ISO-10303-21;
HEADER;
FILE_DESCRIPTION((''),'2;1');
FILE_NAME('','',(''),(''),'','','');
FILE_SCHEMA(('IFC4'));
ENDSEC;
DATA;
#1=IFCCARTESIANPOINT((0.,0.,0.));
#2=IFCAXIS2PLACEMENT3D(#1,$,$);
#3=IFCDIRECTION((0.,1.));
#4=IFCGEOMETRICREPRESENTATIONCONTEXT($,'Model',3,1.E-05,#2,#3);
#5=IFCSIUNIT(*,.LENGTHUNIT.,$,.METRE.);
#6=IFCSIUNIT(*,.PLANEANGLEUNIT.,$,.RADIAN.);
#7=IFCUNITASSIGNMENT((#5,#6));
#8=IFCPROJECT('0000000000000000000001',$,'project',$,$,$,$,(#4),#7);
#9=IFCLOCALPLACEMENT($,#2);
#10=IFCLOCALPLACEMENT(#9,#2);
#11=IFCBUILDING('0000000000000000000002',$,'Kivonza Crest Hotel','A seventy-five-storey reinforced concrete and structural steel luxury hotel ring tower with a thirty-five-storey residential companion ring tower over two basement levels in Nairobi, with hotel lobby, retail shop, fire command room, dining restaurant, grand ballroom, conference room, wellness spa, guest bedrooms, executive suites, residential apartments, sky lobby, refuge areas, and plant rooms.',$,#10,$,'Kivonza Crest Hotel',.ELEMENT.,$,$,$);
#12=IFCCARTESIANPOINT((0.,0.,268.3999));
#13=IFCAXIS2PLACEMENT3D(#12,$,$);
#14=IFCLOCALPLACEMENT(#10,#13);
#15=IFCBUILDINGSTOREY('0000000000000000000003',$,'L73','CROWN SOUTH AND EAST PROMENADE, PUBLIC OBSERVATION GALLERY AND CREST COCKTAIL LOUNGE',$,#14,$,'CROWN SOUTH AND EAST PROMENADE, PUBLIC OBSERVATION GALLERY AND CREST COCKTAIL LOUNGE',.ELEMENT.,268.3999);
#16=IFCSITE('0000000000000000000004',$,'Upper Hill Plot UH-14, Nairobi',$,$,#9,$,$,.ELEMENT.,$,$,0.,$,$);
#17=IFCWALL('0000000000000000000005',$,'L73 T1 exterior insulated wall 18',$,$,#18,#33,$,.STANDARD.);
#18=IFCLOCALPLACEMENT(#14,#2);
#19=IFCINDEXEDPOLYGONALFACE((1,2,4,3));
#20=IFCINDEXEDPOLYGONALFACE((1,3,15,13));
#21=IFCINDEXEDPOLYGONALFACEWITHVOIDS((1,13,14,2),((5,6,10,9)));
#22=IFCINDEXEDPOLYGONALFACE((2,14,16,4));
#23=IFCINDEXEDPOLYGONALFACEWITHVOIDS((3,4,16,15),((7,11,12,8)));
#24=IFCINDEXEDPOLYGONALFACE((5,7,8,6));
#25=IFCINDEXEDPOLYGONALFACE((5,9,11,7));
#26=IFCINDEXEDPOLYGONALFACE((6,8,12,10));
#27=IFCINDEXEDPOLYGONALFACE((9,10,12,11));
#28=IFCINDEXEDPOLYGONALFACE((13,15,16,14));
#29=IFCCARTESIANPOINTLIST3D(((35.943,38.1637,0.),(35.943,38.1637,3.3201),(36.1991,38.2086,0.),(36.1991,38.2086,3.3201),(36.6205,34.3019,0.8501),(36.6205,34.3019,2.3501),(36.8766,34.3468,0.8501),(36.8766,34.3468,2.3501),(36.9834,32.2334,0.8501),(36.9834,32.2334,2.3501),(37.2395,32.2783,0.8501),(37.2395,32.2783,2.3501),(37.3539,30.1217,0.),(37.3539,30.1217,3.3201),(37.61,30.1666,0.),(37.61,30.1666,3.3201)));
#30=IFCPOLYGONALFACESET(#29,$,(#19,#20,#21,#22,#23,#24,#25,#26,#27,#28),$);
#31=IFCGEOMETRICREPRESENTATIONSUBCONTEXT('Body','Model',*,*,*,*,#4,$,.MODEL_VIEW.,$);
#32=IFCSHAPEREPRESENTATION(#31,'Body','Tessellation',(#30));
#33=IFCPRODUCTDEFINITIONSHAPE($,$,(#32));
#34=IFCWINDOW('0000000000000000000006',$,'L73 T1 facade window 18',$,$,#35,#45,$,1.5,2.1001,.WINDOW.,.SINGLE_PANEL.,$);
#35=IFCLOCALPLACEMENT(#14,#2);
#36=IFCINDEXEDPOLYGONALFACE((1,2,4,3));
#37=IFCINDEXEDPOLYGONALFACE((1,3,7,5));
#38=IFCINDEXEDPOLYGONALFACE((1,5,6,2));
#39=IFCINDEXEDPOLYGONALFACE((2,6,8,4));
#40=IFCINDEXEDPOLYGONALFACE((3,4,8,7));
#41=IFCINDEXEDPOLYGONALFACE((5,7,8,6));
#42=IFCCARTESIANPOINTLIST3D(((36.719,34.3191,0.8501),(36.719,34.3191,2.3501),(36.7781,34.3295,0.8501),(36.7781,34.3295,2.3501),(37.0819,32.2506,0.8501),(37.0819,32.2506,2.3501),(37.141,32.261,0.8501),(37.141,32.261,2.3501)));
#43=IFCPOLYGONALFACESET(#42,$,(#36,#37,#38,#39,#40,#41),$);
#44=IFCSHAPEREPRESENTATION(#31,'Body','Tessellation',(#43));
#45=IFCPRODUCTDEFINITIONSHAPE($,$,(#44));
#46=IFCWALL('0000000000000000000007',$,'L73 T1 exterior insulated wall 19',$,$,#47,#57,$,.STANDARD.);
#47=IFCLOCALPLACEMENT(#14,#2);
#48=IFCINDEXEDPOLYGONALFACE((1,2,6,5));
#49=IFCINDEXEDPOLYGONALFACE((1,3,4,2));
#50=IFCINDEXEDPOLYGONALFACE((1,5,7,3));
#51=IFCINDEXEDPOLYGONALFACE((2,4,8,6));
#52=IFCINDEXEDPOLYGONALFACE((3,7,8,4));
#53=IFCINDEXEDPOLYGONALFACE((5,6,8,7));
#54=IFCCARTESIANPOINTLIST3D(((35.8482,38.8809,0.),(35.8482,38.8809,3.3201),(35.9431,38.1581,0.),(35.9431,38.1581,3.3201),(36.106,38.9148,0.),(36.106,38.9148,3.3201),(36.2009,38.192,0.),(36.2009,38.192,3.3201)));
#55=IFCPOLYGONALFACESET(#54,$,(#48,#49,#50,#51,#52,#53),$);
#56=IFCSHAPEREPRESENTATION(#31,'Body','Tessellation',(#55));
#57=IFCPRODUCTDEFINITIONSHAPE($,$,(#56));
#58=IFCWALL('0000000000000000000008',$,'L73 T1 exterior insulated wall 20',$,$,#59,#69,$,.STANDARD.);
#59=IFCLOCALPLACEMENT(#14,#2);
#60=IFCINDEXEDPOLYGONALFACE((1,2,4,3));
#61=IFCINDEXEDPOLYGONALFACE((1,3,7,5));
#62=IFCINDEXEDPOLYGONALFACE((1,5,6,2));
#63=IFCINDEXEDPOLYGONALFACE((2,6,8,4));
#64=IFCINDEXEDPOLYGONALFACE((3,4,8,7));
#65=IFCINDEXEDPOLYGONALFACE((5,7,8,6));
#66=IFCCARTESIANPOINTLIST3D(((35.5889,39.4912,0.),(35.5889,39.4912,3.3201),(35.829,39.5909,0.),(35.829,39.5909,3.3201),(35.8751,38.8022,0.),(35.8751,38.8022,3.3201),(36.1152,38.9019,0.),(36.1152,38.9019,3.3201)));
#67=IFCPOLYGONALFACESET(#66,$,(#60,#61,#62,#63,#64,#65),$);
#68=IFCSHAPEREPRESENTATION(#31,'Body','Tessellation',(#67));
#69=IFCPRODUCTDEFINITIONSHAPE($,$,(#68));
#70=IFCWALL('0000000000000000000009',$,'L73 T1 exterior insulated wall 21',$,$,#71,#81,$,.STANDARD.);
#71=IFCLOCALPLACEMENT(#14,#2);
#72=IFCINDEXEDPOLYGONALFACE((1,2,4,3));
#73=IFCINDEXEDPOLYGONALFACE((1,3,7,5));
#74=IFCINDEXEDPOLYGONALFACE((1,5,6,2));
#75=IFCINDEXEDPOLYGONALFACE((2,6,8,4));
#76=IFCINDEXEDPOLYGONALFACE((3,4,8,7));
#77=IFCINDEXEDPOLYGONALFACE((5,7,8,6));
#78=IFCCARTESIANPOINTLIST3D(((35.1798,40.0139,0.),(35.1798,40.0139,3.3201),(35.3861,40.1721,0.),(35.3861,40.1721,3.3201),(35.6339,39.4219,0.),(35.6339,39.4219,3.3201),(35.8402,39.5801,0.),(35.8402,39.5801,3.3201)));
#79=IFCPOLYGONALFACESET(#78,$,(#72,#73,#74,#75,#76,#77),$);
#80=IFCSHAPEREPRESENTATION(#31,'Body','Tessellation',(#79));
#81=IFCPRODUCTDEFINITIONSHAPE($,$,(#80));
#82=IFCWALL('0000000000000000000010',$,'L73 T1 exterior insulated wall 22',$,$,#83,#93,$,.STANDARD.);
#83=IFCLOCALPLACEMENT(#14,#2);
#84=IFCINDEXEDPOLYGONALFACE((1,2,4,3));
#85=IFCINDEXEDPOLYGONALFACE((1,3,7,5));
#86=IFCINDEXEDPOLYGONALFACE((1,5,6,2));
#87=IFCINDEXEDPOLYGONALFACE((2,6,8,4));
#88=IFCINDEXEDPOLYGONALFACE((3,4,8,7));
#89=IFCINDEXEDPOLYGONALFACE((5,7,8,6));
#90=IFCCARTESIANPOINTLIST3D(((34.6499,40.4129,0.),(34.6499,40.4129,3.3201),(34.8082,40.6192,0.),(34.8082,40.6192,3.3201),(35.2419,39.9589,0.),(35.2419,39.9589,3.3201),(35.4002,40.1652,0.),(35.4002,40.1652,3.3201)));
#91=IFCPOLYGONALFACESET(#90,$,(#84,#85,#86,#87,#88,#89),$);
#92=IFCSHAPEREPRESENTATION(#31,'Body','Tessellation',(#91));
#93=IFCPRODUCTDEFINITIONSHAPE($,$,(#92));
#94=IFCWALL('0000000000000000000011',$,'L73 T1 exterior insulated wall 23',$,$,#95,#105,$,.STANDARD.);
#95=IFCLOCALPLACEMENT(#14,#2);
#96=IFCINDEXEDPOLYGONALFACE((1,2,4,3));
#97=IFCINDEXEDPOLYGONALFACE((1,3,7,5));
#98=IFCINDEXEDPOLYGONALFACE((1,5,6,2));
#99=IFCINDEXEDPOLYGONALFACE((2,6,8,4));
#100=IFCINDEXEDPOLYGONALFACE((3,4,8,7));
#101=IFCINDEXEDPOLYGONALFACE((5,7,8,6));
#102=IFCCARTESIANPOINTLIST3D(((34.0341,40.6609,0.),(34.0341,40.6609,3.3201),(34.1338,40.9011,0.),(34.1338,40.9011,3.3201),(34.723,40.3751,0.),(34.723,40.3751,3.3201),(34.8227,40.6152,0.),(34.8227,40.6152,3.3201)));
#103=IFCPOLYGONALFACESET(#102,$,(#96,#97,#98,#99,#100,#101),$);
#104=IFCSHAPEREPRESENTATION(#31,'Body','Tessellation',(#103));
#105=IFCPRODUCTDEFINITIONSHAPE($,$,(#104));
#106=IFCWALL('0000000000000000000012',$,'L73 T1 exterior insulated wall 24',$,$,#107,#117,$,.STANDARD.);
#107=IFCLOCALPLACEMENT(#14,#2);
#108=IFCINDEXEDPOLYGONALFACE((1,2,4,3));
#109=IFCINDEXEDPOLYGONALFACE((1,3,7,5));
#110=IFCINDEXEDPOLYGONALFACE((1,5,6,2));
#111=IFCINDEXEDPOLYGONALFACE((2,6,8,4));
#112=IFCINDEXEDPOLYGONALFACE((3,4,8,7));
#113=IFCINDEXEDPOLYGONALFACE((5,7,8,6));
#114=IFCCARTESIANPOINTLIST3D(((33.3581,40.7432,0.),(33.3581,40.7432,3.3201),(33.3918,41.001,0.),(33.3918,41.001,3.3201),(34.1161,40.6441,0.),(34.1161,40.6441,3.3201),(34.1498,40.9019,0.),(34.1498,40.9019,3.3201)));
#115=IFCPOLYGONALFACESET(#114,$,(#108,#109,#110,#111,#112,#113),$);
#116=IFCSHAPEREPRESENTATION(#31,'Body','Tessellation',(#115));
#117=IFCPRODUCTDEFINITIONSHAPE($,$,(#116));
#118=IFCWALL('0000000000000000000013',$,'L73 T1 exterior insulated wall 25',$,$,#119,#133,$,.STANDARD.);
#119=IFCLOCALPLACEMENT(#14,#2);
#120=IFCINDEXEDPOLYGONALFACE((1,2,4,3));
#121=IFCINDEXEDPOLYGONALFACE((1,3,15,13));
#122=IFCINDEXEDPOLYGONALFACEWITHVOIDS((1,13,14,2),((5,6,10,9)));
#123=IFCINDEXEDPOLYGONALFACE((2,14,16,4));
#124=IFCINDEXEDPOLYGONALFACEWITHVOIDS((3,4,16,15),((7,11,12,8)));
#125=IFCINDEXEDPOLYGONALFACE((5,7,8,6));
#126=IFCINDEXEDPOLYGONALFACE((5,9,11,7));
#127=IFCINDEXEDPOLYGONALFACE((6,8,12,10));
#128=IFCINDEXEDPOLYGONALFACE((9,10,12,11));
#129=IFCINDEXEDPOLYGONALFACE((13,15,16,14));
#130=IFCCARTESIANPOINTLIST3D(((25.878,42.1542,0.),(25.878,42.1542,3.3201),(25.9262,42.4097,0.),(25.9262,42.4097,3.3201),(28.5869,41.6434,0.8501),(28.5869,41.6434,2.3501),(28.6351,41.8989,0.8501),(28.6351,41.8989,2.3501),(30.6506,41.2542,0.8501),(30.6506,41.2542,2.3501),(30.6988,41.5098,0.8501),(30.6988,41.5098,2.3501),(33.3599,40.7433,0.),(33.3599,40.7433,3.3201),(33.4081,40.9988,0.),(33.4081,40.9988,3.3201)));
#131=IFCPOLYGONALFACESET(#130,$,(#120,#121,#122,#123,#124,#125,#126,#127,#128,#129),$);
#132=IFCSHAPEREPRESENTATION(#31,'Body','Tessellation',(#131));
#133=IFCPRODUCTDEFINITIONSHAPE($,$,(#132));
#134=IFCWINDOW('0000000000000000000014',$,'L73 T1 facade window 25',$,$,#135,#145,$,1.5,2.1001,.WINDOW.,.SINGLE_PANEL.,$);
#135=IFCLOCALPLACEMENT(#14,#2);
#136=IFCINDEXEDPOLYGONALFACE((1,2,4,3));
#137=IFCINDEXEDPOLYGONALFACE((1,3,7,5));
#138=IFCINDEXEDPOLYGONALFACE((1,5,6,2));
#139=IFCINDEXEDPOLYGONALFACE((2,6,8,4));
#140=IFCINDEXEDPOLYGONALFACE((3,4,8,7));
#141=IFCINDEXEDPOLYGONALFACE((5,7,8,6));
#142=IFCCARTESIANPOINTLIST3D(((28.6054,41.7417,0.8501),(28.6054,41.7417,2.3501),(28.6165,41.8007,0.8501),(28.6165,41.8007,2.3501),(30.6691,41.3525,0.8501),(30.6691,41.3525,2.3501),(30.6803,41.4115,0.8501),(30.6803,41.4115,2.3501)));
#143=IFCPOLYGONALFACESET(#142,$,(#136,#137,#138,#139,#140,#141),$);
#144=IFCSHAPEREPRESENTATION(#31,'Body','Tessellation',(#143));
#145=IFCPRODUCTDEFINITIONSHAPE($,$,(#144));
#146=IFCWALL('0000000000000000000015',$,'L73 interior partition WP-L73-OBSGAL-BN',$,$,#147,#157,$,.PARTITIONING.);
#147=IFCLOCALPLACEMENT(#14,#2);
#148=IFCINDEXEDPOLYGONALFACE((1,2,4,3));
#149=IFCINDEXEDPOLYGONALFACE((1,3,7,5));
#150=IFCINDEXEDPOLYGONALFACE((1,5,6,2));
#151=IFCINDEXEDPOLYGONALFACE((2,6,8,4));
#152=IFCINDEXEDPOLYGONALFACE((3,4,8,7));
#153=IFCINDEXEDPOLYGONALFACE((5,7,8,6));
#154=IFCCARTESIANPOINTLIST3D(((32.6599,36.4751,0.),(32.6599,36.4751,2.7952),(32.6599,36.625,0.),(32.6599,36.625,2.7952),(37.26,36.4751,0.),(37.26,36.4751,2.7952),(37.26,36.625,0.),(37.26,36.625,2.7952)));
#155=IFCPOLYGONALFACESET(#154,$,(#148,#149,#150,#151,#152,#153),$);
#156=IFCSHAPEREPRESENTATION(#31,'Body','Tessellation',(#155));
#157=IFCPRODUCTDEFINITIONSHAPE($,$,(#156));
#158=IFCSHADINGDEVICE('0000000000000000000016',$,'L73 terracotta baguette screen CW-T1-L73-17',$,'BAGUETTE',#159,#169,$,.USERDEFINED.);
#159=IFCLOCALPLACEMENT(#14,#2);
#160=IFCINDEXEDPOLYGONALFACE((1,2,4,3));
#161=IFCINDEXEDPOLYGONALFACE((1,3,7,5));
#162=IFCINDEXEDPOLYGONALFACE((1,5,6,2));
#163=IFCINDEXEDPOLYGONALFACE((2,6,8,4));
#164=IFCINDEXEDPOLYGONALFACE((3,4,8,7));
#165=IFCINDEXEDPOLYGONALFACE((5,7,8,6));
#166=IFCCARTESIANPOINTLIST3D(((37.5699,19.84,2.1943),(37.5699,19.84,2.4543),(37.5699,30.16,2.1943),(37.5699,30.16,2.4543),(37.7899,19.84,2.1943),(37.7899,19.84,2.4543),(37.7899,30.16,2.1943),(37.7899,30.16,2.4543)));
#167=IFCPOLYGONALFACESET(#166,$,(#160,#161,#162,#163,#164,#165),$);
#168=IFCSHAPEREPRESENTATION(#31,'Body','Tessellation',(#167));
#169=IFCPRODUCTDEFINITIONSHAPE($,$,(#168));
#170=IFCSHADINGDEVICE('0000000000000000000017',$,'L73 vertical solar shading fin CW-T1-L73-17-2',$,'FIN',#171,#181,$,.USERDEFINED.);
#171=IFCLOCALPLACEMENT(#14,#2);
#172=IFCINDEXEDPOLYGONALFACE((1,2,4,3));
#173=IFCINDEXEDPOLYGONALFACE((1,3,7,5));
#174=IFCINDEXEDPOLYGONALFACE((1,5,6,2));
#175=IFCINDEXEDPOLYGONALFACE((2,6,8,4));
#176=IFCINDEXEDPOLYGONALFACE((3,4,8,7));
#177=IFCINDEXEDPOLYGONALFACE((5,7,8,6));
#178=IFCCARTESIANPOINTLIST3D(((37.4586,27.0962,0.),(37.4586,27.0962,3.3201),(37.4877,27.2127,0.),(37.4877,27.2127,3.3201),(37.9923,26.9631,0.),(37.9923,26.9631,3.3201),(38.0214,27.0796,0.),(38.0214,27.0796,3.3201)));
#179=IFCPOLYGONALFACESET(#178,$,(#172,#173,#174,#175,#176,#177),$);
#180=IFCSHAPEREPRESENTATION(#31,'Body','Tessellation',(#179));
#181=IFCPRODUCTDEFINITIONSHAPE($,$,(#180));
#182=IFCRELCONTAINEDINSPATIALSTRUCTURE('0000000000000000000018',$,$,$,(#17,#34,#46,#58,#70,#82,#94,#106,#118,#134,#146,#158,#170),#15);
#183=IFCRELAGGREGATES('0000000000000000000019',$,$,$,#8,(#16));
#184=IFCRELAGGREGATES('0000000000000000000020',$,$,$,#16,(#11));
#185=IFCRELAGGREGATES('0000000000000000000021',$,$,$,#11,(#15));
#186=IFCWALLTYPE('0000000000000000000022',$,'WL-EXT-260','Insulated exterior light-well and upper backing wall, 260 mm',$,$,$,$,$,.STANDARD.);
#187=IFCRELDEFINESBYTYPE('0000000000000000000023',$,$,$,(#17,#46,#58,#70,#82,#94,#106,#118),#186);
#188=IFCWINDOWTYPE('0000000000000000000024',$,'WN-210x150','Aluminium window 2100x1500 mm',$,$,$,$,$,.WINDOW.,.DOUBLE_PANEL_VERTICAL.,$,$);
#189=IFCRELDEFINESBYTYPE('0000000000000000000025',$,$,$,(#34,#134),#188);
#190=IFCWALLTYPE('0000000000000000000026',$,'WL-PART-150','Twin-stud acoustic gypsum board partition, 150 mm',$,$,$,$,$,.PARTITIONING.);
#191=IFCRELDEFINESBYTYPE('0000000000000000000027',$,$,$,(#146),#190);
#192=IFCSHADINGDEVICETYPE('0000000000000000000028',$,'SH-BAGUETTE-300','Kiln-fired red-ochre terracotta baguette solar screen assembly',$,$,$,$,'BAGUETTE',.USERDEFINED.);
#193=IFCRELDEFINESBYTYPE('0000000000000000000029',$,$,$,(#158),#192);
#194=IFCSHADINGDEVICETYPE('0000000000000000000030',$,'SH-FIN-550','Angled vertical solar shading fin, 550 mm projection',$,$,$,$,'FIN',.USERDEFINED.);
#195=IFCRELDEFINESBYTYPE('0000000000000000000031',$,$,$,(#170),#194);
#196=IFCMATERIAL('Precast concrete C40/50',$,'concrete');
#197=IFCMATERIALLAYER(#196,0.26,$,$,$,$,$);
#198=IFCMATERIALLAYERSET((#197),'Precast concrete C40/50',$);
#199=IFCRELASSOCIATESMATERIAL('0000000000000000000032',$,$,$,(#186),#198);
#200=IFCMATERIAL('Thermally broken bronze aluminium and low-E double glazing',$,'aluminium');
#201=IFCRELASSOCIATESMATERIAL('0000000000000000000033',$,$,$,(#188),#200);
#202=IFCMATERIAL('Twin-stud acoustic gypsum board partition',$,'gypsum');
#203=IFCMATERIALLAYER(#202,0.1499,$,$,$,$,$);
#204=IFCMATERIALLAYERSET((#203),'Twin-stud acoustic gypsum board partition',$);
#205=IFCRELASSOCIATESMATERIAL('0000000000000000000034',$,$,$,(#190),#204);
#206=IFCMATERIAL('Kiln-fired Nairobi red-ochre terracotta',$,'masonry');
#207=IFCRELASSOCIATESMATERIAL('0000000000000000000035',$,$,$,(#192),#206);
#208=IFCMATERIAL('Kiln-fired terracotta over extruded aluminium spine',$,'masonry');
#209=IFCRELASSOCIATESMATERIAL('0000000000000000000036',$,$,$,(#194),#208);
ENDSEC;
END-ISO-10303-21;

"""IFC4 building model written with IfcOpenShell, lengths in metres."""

from ifc_helpers import new_model, si_unit, direction, frame, frame_2d, origin, origin_2d, place, context, subcontext, project, spatial, rectangle, extrude, material, layer, layer_set, type_object, element, fill, save


model = new_model("IFC4")

# Units and contexts
model_context = context("Model", 3, precision=1e-05, world=origin(), true_north=direction((0.0, 1.0)))
body_context = subcontext(model_context, "Body", "Model", "MODEL_VIEW")
ifc_project = project(units=[si_unit("LENGTHUNIT", "METRE"), si_unit("PLANEANGLEUNIT", "RADIAN")], contexts=[model_context])

# Site, building, storey
site_placement = place(None, origin())
site = spatial("IfcSite", under=ifc_project, at=site_placement, Name="Upper Hill Plot UH-14, Nairobi", CompositionType="ELEMENT", RefElevation=0.0)
building_placement = place(site_placement, origin())
building = spatial("IfcBuilding", under=site, at=building_placement, Name="Kivonza Crest Hotel", Description="A seventy-five-storey reinforced concrete and structural steel luxury hotel ring tower with a thirty-five-storey residential companion ring tower over two basement levels in Nairobi, with hotel lobby, retail shop, fire command room, dining restaurant, grand ballroom, conference room, wellness spa, guest bedrooms, executive suites, residential apartments, sky lobby, refuge areas, and plant rooms.", LongName="Kivonza Crest Hotel", CompositionType="ELEMENT")
storey_placement = place(building_placement, frame((0.0, 0.0, 268.3999)))
storey = spatial("IfcBuildingStorey", under=building, at=storey_placement, Name="L73", Description="CROWN SOUTH AND EAST PROMENADE, PUBLIC OBSERVATION GALLERY AND CREST COCKTAIL LOUNGE", LongName="CROWN SOUTH AND EAST PROMENADE, PUBLIC OBSERVATION GALLERY AND CREST COCKTAIL LOUNGE", CompositionType="ELEMENT", Elevation=268.3999)

# Wall, opening, window
ifc_material_1 = material(Name="Precast concrete C40/50", Category="concrete")
ifc_layer_1 = layer(ifc_material_1, 0.26)
ifc_layer_set_1 = layer_set([ifc_layer_1], Name="Precast concrete C40/50")
wall_type_1 = type_object("IfcWallType", Name="WL-EXT-260", Description="Insulated exterior light-well and upper backing wall, 260 mm", PredefinedType="STANDARD", material=ifc_layer_set_1)
wall_1_placement = place(storey_placement, frame((37.4819, 30.144, 0.0), z_axis=(0.0, 0.0, 1.0), x_axis=(-0.172801, 0.984957, 0.0)))
wall_1 = element("IfcWall", 1, at=wall_1_placement, inside=storey, type_object=wall_type_1, Name="L73 T1 exterior insulated wall 18", PredefinedType="STANDARD", context=body_context, shape_type="SweptSolid", body=[
    extrude(rectangle(XDim=8.1648, YDim=0.26, at=frame_2d((4.0825, 0.0))), origin(), (0.0, 0.0, 1.0), 3.3201),
])
opening_1_placement = place(wall_1_placement, frame((2.144, 0.0, 0.8501)))
opening_1 = element("IfcOpeningElement", 2, at=opening_1_placement, cuts=wall_1, PredefinedType="OPENING", context=body_context, shape_type="SweptSolid", body=[
    extrude(rectangle(XDim=2.1001, YDim=1.5, at=frame_2d((1.05, 0.75))), frame((0.0, 0.1401, 0.0), z_axis=(0.0, -1.0, 0.0), x_axis=(1.0, 0.0, 0.0)), (0.0, 0.0, 1.0), 0.28),
])
ifc_material_2 = material(Name="Thermally broken bronze aluminium and low-E double glazing", Category="aluminium")
window_type = type_object("IfcWindowType", Name="WN-210x150", Description="Aluminium window 2100x1500 mm", PartitioningType="DOUBLE_PANEL_VERTICAL", PredefinedType="WINDOW", material=ifc_material_2)
window_1_placement = place(opening_1_placement, origin())
window_1 = element("IfcWindow", 3, at=window_1_placement, inside=storey, type_object=window_type, Name="L73 T1 facade window 18", OverallHeight=1.5, OverallWidth=2.1001, PartitioningType="SINGLE_PANEL", PredefinedType="WINDOW", context=body_context, shape_type="SweptSolid", body=[
    extrude(rectangle(XDim=2.1001, YDim=1.5, at=frame_2d((1.05, 0.75))), frame((0.0, 0.03, 0.0), z_axis=(0.0, -1.0, 0.0), x_axis=(1.0, 0.0, 0.0)), (0.0, 0.0, 1.0), 0.0601),
])
fill(opening_1, window_1)

# Walls
wall_2_placement = place(storey_placement, frame((36.072, 38.175, 0.0), z_axis=(0.0, 0.0, 1.0), x_axis=(-0.130255, 0.99148, 0.0)))
element("IfcWall", 4, at=wall_2_placement, inside=storey, type_object=wall_type_1, Name="L73 T1 exterior insulated wall 19", PredefinedType="STANDARD", context=body_context, shape_type="SweptSolid", body=[
    extrude(rectangle(XDim=0.729, YDim=0.26, at=frame_2d((0.3645, 0.0))), origin(), (0.0, 0.0, 1.0), 3.3201),
])
for number, where, z_axis, x_axis, name in (
    (5, (35.9951, 38.8521, 0.0), (0.0, 0.0, 1.0), (-0.383546, 0.923522, 0.0), "L73 T1 exterior insulated wall 20"),
    (6, (35.7371, 39.501, 0.0), (0.0, 0.0, 1.0), (-0.608603, 0.793475, 0.0), "L73 T1 exterior insulated wall 21"),
    (7, (35.321, 40.062, 0.0), (0.0, 0.0, 1.0), (-0.793475, 0.608603, 0.0), "L73 T1 exterior insulated wall 22"),
):
    element("IfcWall", number, at=place(storey_placement, frame(where, z_axis=z_axis, x_axis=x_axis)), inside=storey, type_object=wall_type_1, Name=name, PredefinedType="STANDARD", context=body_context, shape_type="SweptSolid", body=[
        extrude(rectangle(XDim=0.7461, YDim=0.26, at=frame_2d((0.373, 0.0))), origin(), (0.0, 0.0, 1.0), 3.3201),
    ])
wall_3_placement = place(storey_placement, frame((34.7729, 40.4951, 0.0), z_axis=(0.0, 0.0, 1.0), x_axis=(-0.923638, 0.383267, 0.0)))
element("IfcWall", 8, at=wall_3_placement, inside=storey, type_object=wall_type_1, Name="L73 T1 exterior insulated wall 23", PredefinedType="STANDARD", context=body_context, shape_type="SweptSolid", body=[
    extrude(rectangle(XDim=0.7458, YDim=0.26, at=frame_2d((0.373, 0.0))), origin(), (0.0, 0.0, 1.0), 3.3201),
])
wall_4_placement = place(storey_placement, frame((34.1331, 40.7729, 0.0), z_axis=(0.0, 0.0, 1.0), x_axis=(-0.991559, 0.129653, 0.0)))
element("IfcWall", 9, at=wall_4_placement, inside=storey, type_object=wall_type_1, Name="L73 T1 exterior insulated wall 24", PredefinedType="STANDARD", context=body_context, shape_type="SweptSolid", body=[
    extrude(rectangle(XDim=0.7644, YDim=0.26, at=frame_2d((0.3823, 0.0))), origin(), (0.0, 0.0, 1.0), 3.3201),
])

# Wall, opening, window
wall_5_placement = place(storey_placement, frame((33.384, 40.8711, 0.0), z_axis=(0.0, 0.0, 1.0), x_axis=(-0.982681, 0.185307, 0.0)))
wall_5 = element("IfcWall", 10, at=wall_5_placement, inside=storey, type_object=wall_type_1, Name="L73 T1 exterior insulated wall 25", PredefinedType="STANDARD", context=body_context, shape_type="SweptSolid", body=[
    extrude(rectangle(XDim=7.6138, YDim=0.26, at=frame_2d((3.8069, 0.0))), origin(), (0.0, 0.0, 1.0), 3.3201),
])
opening_2_placement = place(wall_5_placement, frame((2.7571, 0.0, 0.8501)))
opening_2 = element("IfcOpeningElement", 11, at=opening_2_placement, cuts=wall_5, PredefinedType="OPENING", context=body_context, shape_type="SweptSolid", body=[
    extrude(rectangle(XDim=2.1001, YDim=1.5, at=frame_2d((1.05, 0.75))), frame((0.0, 0.1401, 0.0), z_axis=(0.0, -1.0, 0.0), x_axis=(1.0, 0.0, 0.0)), (0.0, 0.0, 1.0), 0.28),
])
window_2_placement = place(opening_2_placement, origin())
window_2 = element("IfcWindow", 12, at=window_2_placement, inside=storey, type_object=window_type, Name="L73 T1 facade window 25", OverallHeight=1.5, OverallWidth=2.1001, PartitioningType="SINGLE_PANEL", PredefinedType="WINDOW", context=body_context, shape_type="SweptSolid", body=[
    extrude(rectangle(XDim=2.1001, YDim=1.5, at=frame_2d((1.05, 0.75))), frame((0.0, 0.03, 0.0), z_axis=(0.0, -1.0, 0.0), x_axis=(1.0, 0.0, 0.0)), (0.0, 0.0, 1.0), 0.0601),
])
fill(opening_2, window_2)

# Wall
ifc_material_3 = material(Name="Twin-stud acoustic gypsum board partition", Category="gypsum")
ifc_layer_2 = layer(ifc_material_3, 0.1499)
ifc_layer_set_2 = layer_set([ifc_layer_2], Name="Twin-stud acoustic gypsum board partition")
wall_type_2 = type_object("IfcWallType", Name="WL-PART-150", Description="Twin-stud acoustic gypsum board partition, 150 mm", PredefinedType="PARTITIONING", material=ifc_layer_set_2)
wall_6_placement = place(storey_placement, frame((32.6599, 36.55, 0.0), z_axis=(0.0, 0.0, 1.0), x_axis=(1.0, 0.0, 0.0)))
element("IfcWall", 13, at=wall_6_placement, inside=storey, type_object=wall_type_2, Name="L73 interior partition WP-L73-OBSGAL-BN", PredefinedType="PARTITIONING", context=body_context, shape_type="SweptSolid", body=[
    extrude(rectangle(XDim=4.6001, YDim=0.1499, at=frame_2d((2.3, 0.0))), origin(), (0.0, 0.0, 1.0), 2.7952),
])

# Shading devices
ifc_material_4 = material(Name="Kiln-fired Nairobi red-ochre terracotta", Category="masonry")
shading_device_type_1 = type_object("IfcShadingDeviceType", Name="SH-BAGUETTE-300", Description="Kiln-fired red-ochre terracotta baguette solar screen assembly", ElementType="BAGUETTE", PredefinedType="USERDEFINED", material=ifc_material_4)
shading_device_1_placement = place(storey_placement, frame((37.6799, 25.0, 2.1943), z_axis=(0.0, 0.0, 1.0), x_axis=(0.0, 1.0, 0.0)))
element("IfcShadingDevice", 14, at=shading_device_1_placement, inside=storey, type_object=shading_device_type_1, Name="L73 terracotta baguette screen CW-T1-L73-17", ObjectType="BAGUETTE", PredefinedType="USERDEFINED", context=body_context, shape_type="SweptSolid", body=[
    extrude(rectangle(XDim=10.3201, YDim=0.22, at=origin_2d()), origin(), (0.0, 0.0, 1.0), 0.26),
])
ifc_material_5 = material(Name="Kiln-fired terracotta over extruded aluminium spine", Category="masonry")
shading_device_type_2 = type_object("IfcShadingDeviceType", Name="SH-FIN-550", Description="Angled vertical solar shading fin, 550 mm projection", ElementType="FIN", PredefinedType="USERDEFINED", material=ifc_material_5)
shading_device_2_placement = place(storey_placement, frame((37.74, 27.0879, 0.0), z_axis=(0.0, 0.0, 1.0), x_axis=(0.241922, 0.970296, 0.0)))
element("IfcShadingDevice", 15, at=shading_device_2_placement, inside=storey, type_object=shading_device_type_2, Name="L73 vertical solar shading fin CW-T1-L73-17-2", ObjectType="FIN", PredefinedType="USERDEFINED", context=body_context, shape_type="SweptSolid", body=[
    extrude(rectangle(XDim=0.1201, YDim=0.55, at=origin_2d()), origin(), (0.0, 0.0, 1.0), 3.3201),
])

save(model, "model.ifc")
